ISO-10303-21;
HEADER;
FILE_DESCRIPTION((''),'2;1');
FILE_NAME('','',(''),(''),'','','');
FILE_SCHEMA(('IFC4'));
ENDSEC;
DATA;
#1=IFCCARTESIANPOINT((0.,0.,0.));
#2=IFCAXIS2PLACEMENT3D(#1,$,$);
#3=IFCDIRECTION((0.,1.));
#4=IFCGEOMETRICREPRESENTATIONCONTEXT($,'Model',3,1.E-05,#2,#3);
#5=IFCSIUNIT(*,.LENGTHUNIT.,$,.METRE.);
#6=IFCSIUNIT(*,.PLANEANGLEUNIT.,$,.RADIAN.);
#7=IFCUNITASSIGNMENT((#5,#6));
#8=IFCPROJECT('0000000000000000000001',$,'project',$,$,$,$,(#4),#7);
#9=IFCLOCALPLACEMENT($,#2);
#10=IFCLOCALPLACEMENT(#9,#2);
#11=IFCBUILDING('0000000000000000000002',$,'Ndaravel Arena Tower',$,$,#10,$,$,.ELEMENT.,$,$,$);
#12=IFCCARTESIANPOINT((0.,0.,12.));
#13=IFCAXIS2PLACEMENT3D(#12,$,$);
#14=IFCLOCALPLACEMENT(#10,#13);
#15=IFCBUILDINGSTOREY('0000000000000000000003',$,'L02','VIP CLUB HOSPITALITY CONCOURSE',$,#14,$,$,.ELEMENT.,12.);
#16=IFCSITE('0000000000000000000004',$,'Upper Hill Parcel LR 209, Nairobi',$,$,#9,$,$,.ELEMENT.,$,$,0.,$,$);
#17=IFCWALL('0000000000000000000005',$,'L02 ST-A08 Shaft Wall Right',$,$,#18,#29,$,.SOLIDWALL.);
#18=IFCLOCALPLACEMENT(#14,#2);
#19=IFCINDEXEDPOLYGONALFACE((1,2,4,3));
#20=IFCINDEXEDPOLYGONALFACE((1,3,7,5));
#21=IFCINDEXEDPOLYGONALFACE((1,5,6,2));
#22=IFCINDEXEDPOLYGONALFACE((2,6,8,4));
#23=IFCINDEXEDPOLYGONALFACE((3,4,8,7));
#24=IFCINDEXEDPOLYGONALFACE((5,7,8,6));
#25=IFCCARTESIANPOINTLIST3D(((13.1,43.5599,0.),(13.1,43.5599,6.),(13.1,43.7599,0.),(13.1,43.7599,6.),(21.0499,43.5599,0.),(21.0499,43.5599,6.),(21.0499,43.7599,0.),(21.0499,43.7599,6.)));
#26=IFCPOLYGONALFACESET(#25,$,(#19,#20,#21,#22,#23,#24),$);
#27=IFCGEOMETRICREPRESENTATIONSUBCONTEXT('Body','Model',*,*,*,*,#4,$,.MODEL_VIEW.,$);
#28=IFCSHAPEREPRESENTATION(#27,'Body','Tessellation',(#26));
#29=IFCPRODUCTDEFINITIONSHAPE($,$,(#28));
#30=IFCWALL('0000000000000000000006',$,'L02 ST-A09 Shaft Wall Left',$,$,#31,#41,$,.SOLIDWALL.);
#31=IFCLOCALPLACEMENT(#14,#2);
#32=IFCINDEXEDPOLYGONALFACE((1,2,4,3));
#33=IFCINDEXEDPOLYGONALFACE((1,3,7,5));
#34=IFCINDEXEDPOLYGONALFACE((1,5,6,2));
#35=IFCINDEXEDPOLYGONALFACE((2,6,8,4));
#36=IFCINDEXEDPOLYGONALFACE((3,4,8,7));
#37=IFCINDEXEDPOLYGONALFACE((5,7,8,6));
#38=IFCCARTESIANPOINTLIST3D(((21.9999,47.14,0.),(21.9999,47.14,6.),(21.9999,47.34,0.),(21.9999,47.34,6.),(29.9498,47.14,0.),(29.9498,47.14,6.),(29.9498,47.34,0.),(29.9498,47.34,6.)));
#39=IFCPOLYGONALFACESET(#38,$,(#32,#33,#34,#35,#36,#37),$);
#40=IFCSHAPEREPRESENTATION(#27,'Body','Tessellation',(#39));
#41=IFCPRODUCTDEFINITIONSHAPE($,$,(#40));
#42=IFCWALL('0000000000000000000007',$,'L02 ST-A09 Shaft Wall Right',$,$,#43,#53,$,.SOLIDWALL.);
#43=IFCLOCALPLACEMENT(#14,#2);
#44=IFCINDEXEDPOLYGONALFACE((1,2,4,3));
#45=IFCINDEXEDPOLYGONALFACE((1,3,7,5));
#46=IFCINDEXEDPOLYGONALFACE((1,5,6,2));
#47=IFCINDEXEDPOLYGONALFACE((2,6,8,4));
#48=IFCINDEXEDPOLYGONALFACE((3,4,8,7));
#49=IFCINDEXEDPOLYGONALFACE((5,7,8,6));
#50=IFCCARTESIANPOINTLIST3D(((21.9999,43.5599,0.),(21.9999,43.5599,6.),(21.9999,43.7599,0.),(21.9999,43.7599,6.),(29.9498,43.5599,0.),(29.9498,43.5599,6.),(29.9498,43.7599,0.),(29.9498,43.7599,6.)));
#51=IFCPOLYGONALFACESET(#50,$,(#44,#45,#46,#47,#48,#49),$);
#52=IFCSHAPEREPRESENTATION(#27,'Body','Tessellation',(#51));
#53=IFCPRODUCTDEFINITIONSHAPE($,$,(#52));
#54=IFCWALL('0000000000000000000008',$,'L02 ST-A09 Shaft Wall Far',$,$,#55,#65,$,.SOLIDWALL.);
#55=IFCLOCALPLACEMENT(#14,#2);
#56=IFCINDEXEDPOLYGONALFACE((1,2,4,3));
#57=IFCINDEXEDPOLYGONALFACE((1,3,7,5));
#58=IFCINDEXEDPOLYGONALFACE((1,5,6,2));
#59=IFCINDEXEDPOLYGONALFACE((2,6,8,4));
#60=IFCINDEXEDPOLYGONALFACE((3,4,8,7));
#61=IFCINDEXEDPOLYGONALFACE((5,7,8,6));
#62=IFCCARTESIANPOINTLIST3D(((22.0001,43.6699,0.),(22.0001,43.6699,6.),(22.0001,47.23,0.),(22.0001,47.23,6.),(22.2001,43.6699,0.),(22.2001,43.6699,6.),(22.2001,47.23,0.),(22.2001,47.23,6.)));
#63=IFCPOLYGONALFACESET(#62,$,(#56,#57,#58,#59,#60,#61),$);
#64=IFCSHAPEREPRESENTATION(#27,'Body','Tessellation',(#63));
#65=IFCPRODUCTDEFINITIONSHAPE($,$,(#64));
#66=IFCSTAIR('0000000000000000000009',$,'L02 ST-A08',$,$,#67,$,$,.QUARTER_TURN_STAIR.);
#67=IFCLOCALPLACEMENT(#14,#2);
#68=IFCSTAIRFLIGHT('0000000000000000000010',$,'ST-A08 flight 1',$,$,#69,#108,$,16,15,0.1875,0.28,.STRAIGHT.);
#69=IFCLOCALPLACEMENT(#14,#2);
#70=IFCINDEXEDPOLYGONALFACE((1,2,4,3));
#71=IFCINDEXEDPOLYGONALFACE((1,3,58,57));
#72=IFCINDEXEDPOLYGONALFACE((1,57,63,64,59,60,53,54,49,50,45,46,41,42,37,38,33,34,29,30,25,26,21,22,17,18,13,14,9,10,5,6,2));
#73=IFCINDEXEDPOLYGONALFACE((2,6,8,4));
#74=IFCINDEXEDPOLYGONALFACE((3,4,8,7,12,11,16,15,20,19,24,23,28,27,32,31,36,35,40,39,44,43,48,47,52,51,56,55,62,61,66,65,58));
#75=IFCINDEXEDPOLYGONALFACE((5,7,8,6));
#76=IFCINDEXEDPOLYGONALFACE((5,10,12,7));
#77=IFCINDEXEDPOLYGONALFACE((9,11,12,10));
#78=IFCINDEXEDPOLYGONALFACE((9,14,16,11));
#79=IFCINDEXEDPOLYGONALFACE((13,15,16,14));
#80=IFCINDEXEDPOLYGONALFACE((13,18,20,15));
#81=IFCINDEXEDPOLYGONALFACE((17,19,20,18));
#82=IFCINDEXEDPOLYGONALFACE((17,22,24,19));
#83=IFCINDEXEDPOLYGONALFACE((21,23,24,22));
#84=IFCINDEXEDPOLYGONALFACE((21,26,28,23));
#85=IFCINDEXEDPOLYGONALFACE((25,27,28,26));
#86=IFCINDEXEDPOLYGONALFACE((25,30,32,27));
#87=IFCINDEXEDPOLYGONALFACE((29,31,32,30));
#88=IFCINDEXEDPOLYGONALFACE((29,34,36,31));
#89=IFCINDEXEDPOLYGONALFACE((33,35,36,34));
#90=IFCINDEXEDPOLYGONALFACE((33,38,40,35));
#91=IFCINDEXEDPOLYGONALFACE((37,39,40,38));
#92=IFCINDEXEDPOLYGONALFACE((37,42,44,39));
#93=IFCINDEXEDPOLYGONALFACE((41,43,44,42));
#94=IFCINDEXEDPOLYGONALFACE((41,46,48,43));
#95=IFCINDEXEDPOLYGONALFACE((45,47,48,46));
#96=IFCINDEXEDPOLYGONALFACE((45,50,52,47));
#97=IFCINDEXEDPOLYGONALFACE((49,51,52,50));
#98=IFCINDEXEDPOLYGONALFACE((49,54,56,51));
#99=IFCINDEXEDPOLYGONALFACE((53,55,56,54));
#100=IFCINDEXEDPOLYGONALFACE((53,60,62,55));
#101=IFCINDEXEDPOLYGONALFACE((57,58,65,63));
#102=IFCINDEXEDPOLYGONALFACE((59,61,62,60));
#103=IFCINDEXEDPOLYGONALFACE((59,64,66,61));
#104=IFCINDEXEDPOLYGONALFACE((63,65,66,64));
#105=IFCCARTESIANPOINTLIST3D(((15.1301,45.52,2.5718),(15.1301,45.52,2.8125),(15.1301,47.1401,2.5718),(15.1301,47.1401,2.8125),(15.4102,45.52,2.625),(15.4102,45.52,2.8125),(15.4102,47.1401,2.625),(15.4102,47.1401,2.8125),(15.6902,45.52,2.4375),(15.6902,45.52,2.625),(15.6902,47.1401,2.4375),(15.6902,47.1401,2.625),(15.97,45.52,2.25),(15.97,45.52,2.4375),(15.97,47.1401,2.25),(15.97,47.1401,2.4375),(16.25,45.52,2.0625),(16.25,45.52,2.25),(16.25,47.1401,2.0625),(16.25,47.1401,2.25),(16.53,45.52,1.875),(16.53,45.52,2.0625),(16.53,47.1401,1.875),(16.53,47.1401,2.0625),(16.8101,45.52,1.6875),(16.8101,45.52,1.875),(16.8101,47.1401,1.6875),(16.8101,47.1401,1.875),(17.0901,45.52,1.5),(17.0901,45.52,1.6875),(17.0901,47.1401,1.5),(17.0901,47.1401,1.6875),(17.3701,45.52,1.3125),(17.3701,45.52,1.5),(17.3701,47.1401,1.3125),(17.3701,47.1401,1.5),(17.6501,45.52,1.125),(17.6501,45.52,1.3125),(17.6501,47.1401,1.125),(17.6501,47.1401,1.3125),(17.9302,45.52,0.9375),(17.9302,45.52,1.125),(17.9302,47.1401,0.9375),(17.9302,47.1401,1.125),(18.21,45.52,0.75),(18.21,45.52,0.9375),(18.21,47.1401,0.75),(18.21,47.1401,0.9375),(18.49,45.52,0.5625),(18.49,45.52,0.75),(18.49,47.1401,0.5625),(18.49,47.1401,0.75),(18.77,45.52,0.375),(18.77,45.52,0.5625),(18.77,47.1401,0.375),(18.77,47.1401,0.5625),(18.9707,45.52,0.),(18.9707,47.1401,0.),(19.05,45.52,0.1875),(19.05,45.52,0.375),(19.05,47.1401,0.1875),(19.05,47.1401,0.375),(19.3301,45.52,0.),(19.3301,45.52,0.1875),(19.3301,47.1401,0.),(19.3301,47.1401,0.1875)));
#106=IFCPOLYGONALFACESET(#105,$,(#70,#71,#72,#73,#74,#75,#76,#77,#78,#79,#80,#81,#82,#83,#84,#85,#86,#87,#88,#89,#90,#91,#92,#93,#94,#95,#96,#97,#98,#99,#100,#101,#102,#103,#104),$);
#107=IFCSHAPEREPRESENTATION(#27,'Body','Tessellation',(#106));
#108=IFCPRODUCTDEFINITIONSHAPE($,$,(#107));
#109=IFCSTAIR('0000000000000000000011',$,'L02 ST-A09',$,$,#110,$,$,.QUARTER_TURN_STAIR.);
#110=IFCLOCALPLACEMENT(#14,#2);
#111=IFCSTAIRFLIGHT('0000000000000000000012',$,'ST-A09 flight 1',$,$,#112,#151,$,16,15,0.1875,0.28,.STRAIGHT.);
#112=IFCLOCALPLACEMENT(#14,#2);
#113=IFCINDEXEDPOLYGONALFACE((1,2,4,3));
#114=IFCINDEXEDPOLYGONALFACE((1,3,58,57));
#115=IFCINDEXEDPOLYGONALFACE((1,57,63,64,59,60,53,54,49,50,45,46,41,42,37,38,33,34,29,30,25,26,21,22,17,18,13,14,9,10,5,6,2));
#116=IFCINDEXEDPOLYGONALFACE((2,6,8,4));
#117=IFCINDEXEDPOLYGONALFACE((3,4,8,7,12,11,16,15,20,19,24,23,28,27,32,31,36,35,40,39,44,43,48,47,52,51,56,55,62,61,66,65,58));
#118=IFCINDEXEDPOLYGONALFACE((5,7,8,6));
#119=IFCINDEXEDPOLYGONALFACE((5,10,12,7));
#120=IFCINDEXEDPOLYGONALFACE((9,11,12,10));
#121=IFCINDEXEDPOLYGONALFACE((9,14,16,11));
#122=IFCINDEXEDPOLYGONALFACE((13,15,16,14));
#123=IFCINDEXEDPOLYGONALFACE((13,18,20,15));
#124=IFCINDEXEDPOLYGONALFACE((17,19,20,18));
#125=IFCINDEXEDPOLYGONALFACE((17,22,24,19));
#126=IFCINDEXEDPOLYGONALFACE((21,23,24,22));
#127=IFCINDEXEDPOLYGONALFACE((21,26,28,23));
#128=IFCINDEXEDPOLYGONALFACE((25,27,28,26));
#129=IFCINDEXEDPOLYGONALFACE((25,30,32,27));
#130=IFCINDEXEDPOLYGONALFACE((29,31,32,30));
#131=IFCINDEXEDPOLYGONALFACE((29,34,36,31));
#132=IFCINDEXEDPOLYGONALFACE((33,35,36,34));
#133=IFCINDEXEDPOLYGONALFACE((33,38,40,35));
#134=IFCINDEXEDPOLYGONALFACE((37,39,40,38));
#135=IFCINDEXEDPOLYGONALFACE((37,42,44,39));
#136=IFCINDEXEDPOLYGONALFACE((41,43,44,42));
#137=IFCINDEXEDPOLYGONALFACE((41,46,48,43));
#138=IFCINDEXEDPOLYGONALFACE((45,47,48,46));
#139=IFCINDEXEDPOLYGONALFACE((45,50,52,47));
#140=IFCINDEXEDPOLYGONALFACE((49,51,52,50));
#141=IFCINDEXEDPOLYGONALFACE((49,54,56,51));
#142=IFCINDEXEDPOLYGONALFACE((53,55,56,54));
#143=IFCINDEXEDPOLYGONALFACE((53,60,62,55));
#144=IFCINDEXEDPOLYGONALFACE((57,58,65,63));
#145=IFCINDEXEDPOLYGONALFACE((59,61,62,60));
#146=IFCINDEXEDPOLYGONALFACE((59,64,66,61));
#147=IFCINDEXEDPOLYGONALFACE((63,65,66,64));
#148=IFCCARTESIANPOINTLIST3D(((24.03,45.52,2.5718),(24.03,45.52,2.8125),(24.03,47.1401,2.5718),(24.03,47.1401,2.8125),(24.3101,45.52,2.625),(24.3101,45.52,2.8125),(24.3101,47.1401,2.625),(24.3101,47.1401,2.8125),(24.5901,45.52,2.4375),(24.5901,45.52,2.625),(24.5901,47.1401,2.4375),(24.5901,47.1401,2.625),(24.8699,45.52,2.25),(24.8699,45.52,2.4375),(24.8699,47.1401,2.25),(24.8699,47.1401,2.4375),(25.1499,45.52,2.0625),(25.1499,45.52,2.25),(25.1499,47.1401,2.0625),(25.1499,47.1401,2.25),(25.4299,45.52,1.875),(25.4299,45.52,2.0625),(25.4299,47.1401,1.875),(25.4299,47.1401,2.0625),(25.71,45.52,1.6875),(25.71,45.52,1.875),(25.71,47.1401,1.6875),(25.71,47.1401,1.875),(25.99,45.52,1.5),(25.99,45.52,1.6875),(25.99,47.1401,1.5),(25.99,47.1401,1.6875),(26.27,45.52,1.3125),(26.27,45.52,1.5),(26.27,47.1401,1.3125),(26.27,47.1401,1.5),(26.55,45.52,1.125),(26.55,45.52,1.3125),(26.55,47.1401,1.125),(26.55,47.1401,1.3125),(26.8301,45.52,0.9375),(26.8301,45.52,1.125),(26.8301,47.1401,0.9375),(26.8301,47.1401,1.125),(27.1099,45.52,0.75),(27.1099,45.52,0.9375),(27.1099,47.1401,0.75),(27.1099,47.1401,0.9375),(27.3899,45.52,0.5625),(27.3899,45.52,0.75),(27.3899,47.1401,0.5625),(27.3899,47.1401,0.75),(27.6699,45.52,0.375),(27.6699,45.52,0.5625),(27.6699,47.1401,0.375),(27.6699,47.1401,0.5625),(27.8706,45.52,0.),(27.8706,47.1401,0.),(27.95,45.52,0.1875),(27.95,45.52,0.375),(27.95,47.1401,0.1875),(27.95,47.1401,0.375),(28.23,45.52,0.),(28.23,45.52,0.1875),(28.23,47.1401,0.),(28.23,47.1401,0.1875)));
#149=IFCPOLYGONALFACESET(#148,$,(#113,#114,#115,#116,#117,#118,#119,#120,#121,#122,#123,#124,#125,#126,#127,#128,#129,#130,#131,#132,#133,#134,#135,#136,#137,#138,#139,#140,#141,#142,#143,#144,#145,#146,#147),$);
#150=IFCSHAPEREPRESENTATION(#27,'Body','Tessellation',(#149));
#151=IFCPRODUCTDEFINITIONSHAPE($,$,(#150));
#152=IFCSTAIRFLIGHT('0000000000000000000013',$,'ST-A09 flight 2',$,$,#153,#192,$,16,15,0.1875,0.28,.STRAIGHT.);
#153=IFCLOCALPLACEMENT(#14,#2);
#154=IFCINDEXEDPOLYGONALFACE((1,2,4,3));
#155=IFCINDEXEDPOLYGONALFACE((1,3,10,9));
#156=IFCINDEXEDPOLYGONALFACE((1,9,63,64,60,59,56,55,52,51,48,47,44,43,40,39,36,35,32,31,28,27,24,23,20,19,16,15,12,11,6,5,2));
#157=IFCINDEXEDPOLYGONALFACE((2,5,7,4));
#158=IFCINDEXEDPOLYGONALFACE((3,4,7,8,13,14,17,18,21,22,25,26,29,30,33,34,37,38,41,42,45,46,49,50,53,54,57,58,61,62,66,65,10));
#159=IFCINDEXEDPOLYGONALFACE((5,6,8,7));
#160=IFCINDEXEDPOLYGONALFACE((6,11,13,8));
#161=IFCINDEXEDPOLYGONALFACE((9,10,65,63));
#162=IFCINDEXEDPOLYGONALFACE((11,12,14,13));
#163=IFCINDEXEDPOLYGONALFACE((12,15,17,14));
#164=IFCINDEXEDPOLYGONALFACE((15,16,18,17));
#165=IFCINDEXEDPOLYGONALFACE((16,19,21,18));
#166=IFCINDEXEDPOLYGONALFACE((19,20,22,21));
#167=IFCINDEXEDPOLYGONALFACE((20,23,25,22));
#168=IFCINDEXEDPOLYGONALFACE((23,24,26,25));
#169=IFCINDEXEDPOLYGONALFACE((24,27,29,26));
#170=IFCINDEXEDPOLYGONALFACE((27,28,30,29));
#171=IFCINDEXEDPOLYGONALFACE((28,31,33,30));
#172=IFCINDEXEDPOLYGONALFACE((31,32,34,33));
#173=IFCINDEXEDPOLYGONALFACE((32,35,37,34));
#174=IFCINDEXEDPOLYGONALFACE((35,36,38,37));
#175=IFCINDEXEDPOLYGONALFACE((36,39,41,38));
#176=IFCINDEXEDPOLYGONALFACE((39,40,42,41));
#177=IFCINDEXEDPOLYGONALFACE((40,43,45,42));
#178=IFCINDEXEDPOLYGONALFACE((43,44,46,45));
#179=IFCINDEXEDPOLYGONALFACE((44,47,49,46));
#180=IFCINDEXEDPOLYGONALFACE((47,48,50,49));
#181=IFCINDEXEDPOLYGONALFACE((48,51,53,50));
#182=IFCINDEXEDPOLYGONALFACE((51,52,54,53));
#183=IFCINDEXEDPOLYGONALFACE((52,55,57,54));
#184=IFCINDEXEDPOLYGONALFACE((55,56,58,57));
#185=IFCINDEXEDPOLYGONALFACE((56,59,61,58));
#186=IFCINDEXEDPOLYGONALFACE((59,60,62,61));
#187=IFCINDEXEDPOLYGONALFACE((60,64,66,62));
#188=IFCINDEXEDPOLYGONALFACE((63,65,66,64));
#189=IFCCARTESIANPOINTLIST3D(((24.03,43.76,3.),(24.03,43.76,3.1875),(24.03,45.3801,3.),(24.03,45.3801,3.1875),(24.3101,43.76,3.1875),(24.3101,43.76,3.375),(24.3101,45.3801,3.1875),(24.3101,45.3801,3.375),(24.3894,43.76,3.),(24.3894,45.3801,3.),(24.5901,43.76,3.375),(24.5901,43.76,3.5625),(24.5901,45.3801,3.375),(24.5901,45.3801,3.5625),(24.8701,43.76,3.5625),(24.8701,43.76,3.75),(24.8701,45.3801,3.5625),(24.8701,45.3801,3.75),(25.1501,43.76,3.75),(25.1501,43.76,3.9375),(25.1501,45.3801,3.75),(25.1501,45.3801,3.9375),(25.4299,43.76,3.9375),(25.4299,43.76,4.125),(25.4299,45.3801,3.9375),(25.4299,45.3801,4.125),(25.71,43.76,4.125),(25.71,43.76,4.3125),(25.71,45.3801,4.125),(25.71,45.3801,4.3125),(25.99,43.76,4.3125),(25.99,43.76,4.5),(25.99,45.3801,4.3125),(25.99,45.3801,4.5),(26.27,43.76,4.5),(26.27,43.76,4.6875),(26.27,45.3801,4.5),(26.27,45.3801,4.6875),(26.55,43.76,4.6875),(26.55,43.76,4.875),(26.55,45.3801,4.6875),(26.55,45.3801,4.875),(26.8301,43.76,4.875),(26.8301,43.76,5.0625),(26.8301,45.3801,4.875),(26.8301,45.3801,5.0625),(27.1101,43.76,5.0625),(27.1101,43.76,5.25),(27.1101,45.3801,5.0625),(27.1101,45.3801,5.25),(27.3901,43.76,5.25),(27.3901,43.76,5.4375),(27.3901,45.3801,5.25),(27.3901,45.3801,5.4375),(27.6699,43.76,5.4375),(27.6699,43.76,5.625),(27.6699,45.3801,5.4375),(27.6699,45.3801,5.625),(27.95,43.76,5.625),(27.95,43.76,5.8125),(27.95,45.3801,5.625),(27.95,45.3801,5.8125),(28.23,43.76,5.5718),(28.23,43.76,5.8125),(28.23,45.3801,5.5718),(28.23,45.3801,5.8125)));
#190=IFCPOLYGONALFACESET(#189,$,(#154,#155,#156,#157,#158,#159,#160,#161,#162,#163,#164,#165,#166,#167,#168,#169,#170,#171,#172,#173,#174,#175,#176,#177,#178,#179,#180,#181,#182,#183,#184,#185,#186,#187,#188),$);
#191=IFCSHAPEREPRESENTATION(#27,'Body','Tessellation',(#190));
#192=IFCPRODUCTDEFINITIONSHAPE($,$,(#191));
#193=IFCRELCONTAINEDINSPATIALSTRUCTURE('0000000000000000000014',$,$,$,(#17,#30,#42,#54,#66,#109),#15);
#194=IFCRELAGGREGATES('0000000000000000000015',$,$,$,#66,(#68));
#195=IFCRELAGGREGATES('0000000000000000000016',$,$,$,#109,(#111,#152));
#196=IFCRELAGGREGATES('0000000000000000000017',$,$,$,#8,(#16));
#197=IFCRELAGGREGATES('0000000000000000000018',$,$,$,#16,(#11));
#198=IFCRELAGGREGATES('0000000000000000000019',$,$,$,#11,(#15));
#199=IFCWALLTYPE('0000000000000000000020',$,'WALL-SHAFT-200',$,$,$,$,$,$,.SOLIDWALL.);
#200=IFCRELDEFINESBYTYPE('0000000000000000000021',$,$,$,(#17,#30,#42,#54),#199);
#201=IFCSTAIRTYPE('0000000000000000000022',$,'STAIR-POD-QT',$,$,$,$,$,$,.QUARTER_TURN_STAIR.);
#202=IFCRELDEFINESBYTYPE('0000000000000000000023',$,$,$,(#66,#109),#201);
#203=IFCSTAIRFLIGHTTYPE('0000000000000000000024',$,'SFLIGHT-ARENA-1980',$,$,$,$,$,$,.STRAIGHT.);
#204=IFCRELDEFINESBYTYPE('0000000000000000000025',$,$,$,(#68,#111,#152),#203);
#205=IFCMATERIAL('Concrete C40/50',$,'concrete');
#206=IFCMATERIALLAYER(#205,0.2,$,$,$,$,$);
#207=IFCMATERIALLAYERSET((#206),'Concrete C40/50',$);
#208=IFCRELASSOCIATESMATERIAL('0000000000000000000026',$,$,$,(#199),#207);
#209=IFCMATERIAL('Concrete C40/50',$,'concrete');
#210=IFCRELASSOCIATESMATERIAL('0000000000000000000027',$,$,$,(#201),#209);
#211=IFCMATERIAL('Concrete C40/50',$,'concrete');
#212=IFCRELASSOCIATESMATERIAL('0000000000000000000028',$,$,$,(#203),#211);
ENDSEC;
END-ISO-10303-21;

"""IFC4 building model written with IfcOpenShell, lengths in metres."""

from ifc_helpers import new_model, si_unit, direction, frame, frame_2d, origin, place, context, subcontext, project, spatial, polyline, rectangle, outline, extrude, material, layer, layer_set, type_object, element, aggregate, save


model = new_model("IFC4")

# Units and contexts
model_context = context("Model", 3, precision=1e-05, world=origin(), true_north=direction((0.0, 1.0)))
body_context = subcontext(model_context, "Body", "Model", "MODEL_VIEW")
ifc_project = project(units=[si_unit("LENGTHUNIT", "METRE"), si_unit("PLANEANGLEUNIT", "RADIAN")], contexts=[model_context])

# Site, building, storey
site_placement = place(None, origin())
site = spatial("IfcSite", under=ifc_project, at=site_placement, Name="Upper Hill Parcel LR 209, Nairobi", CompositionType="ELEMENT", RefElevation=0.0)
building_placement = place(site_placement, origin())
building = spatial("IfcBuilding", under=site, at=building_placement, Name="Ndaravel Arena Tower", CompositionType="ELEMENT")
storey_placement = place(building_placement, frame((0.0, 0.0, 12.0)))
storey = spatial("IfcBuildingStorey", under=building, at=storey_placement, Name="L02", Description="VIP CLUB HOSPITALITY CONCOURSE", CompositionType="ELEMENT", Elevation=12.0)

# Walls
ifc_material_1 = material(Name="Concrete C40/50", Category="concrete")
ifc_layer_1 = layer(ifc_material_1, 0.2)
ifc_layer_set_1 = layer_set([ifc_layer_1], Name="Concrete C40/50")
wall_type_1 = type_object("IfcWallType", Name="WALL-SHAFT-200", PredefinedType="SOLIDWALL", material=ifc_layer_set_1)
for number, where, z_axis, x_axis, name in (
    (1, (21.05, 43.6599, 0.0), (0.0, 0.0, 1.0), (-1.0, 0.0, 0.0), "L02 ST-A08 Shaft Wall Right"),
    (2, (29.95, 47.24, 0.0), (0.0, 0.0, 1.0), (-1.0, 0.0, 0.0), "L02 ST-A09 Shaft Wall Left"),
    (3, (29.95, 43.6599, 0.0), (0.0, 0.0, 1.0), (-1.0, 0.0, 0.0), "L02 ST-A09 Shaft Wall Right"),
):
    element("IfcWall", number, at=place(storey_placement, frame(where, z_axis=z_axis, x_axis=x_axis)), inside=storey, type_object=wall_type_1, Name=name, PredefinedType="SOLIDWALL", context=body_context, shape_type="SweptSolid", body=[
        extrude(rectangle(XDim=7.95, YDim=0.2, at=frame_2d((3.9751, 0.0))), origin(), (0.0, 0.0, 1.0), 6.0),
    ])
wall_1_placement = place(storey_placement, frame((22.1001, 47.23, 0.0), z_axis=(0.0, 0.0, 1.0), x_axis=(0.0, -1.0, 0.0)))
element("IfcWall", 4, at=wall_1_placement, inside=storey, type_object=wall_type_1, Name="L02 ST-A09 Shaft Wall Far", PredefinedType="SOLIDWALL", context=body_context, shape_type="SweptSolid", body=[
    extrude(rectangle(XDim=3.5601, YDim=0.2, at=frame_2d((1.78, 0.0))), origin(), (0.0, 0.0, 1.0), 6.0),
])

# Stair, stair flight
ifc_material_2 = material(Name="Concrete C40/50", Category="concrete")
stair_type = type_object("IfcStairType", Name="STAIR-POD-QT", PredefinedType="QUARTER_TURN_STAIR", material=ifc_material_2)
stair_1_placement = place(storey_placement, origin())
stair_1 = element("IfcStair", 5, at=stair_1_placement, inside=storey, type_object=stair_type, Name="L02 ST-A08", PredefinedType="QUARTER_TURN_STAIR")
ifc_material_3 = material(Name="Concrete C40/50", Category="concrete")
stair_flight_type = type_object("IfcStairFlightType", Name="SFLIGHT-ARENA-1980", PredefinedType="STRAIGHT", material=ifc_material_3)
stair_flight_1_placement = place(storey_placement, frame((19.3301, 46.3301, 0.0), z_axis=(0.0, 0.0, 1.0), x_axis=(-1.0, 0.0, 0.0)))
stair_flight_1 = element("IfcStairFlight", 6, at=stair_flight_1_placement, type_object=stair_flight_type, Name="ST-A08 flight 1", NumberOfRisers=16, NumberOfTreads=15, PredefinedType="STRAIGHT", RiserHeight=0.1875, TreadLength=0.28, context=body_context, shape_type="SweptSolid", body=[
    extrude(outline(polyline([(0.0, 0.0), (0.0, 0.1875), (0.28, 0.1875), (0.28, 0.375), (0.5601, 0.375), (0.5601, 0.5625), (0.8401, 0.5625), (0.8401, 0.75), (1.1201, 0.75), (1.1201, 0.9375), (1.3999, 0.9375), (1.3999, 1.125), (1.6799, 1.125), (1.6799, 1.3125), (1.96, 1.3125), (1.96, 1.5), (2.24, 1.5), (2.24, 1.6875), (2.52, 1.6875), (2.52, 1.875), (2.8, 1.875), (2.8, 2.0625), (3.0801, 2.0625), (3.0801, 2.25), (3.3601, 2.25), (3.3601, 2.4375), (3.6399, 2.4375), (3.6399, 2.625), (3.9199, 2.625), (3.9199, 2.8125), (4.2, 2.8125), (4.2, 3.0), (4.2, 2.5718), (0.3594, 0.0), (0.0, 0.0)])), frame((0.0, 0.8101, 0.0), z_axis=(0.0, -1.0, 0.0), x_axis=(1.0, 0.0, 0.0)), (0.0, 0.0, 1.0), 1.6201),
])
aggregate(stair_1, [stair_flight_1])

# Stair, stair flights
stair_2_placement = place(storey_placement, origin())
stair_2 = element("IfcStair", 7, at=stair_2_placement, inside=storey, type_object=stair_type, Name="L02 ST-A09", PredefinedType="QUARTER_TURN_STAIR")
stair_flight_2_placement = place(storey_placement, frame((28.23, 46.3301, 0.0), z_axis=(0.0, 0.0, 1.0), x_axis=(-1.0, 0.0, 0.0)))
stair_flight_2 = element("IfcStairFlight", 8, at=stair_flight_2_placement, type_object=stair_flight_type, Name="ST-A09 flight 1", NumberOfRisers=16, NumberOfTreads=15, PredefinedType="STRAIGHT", RiserHeight=0.1875, TreadLength=0.28, context=body_context, shape_type="SweptSolid", body=[
    extrude(outline(polyline([(0.0, 0.0), (0.0, 0.1875), (0.28, 0.1875), (0.28, 0.375), (0.5601, 0.375), (0.5601, 0.5625), (0.8401, 0.5625), (0.8401, 0.75), (1.1201, 0.75), (1.1201, 0.9375), (1.3999, 0.9375), (1.3999, 1.125), (1.6799, 1.125), (1.6799, 1.3125), (1.96, 1.3125), (1.96, 1.5), (2.24, 1.5), (2.24, 1.6875), (2.52, 1.6875), (2.52, 1.875), (2.8, 1.875), (2.8, 2.0625), (3.0801, 2.0625), (3.0801, 2.25), (3.3601, 2.25), (3.3601, 2.4375), (3.6399, 2.4375), (3.6399, 2.625), (3.9199, 2.625), (3.9199, 2.8125), (4.2, 2.8125), (4.2, 3.0), (4.2, 2.5718), (0.3594, 0.0), (0.0, 0.0)])), frame((0.0, 0.8101, 0.0), z_axis=(0.0, -1.0, 0.0), x_axis=(1.0, 0.0, 0.0)), (0.0, 0.0, 1.0), 1.6201),
])
stair_flight_3_placement = place(storey_placement, frame((24.03, 44.5701, 3.0), z_axis=(0.0, 0.0, 1.0), x_axis=(1.0, 0.0, 0.0)))
stair_flight_3 = element("IfcStairFlight", 9, at=stair_flight_3_placement, type_object=stair_flight_type, Name="ST-A09 flight 2", NumberOfRisers=16, NumberOfTreads=15, PredefinedType="STRAIGHT", RiserHeight=0.1875, TreadLength=0.28, context=body_context, shape_type="SweptSolid", body=[
    extrude(outline(polyline([(0.0, 0.0), (0.0, 0.1875), (0.28, 0.1875), (0.28, 0.375), (0.5601, 0.375), (0.5601, 0.5625), (0.8401, 0.5625), (0.8401, 0.75), (1.1201, 0.75), (1.1201, 0.9375), (1.3999, 0.9375), (1.3999, 1.125), (1.6799, 1.125), (1.6799, 1.3125), (1.96, 1.3125), (1.96, 1.5), (2.24, 1.5), (2.24, 1.6875), (2.52, 1.6875), (2.52, 1.875), (2.8, 1.875), (2.8, 2.0625), (3.0801, 2.0625), (3.0801, 2.25), (3.3601, 2.25), (3.3601, 2.4375), (3.6399, 2.4375), (3.6399, 2.625), (3.9199, 2.625), (3.9199, 2.8125), (4.2, 2.8125), (4.2, 3.0), (4.2, 2.5718), (0.3594, 0.0), (0.0, 0.0)])), frame((0.0, 0.8101, 0.0), z_axis=(0.0, -1.0, 0.0), x_axis=(1.0, 0.0, 0.0)), (0.0, 0.0, 1.0), 1.6201),
])
aggregate(stair_2, [stair_flight_2, stair_flight_3])

save(model, "model.ifc")
